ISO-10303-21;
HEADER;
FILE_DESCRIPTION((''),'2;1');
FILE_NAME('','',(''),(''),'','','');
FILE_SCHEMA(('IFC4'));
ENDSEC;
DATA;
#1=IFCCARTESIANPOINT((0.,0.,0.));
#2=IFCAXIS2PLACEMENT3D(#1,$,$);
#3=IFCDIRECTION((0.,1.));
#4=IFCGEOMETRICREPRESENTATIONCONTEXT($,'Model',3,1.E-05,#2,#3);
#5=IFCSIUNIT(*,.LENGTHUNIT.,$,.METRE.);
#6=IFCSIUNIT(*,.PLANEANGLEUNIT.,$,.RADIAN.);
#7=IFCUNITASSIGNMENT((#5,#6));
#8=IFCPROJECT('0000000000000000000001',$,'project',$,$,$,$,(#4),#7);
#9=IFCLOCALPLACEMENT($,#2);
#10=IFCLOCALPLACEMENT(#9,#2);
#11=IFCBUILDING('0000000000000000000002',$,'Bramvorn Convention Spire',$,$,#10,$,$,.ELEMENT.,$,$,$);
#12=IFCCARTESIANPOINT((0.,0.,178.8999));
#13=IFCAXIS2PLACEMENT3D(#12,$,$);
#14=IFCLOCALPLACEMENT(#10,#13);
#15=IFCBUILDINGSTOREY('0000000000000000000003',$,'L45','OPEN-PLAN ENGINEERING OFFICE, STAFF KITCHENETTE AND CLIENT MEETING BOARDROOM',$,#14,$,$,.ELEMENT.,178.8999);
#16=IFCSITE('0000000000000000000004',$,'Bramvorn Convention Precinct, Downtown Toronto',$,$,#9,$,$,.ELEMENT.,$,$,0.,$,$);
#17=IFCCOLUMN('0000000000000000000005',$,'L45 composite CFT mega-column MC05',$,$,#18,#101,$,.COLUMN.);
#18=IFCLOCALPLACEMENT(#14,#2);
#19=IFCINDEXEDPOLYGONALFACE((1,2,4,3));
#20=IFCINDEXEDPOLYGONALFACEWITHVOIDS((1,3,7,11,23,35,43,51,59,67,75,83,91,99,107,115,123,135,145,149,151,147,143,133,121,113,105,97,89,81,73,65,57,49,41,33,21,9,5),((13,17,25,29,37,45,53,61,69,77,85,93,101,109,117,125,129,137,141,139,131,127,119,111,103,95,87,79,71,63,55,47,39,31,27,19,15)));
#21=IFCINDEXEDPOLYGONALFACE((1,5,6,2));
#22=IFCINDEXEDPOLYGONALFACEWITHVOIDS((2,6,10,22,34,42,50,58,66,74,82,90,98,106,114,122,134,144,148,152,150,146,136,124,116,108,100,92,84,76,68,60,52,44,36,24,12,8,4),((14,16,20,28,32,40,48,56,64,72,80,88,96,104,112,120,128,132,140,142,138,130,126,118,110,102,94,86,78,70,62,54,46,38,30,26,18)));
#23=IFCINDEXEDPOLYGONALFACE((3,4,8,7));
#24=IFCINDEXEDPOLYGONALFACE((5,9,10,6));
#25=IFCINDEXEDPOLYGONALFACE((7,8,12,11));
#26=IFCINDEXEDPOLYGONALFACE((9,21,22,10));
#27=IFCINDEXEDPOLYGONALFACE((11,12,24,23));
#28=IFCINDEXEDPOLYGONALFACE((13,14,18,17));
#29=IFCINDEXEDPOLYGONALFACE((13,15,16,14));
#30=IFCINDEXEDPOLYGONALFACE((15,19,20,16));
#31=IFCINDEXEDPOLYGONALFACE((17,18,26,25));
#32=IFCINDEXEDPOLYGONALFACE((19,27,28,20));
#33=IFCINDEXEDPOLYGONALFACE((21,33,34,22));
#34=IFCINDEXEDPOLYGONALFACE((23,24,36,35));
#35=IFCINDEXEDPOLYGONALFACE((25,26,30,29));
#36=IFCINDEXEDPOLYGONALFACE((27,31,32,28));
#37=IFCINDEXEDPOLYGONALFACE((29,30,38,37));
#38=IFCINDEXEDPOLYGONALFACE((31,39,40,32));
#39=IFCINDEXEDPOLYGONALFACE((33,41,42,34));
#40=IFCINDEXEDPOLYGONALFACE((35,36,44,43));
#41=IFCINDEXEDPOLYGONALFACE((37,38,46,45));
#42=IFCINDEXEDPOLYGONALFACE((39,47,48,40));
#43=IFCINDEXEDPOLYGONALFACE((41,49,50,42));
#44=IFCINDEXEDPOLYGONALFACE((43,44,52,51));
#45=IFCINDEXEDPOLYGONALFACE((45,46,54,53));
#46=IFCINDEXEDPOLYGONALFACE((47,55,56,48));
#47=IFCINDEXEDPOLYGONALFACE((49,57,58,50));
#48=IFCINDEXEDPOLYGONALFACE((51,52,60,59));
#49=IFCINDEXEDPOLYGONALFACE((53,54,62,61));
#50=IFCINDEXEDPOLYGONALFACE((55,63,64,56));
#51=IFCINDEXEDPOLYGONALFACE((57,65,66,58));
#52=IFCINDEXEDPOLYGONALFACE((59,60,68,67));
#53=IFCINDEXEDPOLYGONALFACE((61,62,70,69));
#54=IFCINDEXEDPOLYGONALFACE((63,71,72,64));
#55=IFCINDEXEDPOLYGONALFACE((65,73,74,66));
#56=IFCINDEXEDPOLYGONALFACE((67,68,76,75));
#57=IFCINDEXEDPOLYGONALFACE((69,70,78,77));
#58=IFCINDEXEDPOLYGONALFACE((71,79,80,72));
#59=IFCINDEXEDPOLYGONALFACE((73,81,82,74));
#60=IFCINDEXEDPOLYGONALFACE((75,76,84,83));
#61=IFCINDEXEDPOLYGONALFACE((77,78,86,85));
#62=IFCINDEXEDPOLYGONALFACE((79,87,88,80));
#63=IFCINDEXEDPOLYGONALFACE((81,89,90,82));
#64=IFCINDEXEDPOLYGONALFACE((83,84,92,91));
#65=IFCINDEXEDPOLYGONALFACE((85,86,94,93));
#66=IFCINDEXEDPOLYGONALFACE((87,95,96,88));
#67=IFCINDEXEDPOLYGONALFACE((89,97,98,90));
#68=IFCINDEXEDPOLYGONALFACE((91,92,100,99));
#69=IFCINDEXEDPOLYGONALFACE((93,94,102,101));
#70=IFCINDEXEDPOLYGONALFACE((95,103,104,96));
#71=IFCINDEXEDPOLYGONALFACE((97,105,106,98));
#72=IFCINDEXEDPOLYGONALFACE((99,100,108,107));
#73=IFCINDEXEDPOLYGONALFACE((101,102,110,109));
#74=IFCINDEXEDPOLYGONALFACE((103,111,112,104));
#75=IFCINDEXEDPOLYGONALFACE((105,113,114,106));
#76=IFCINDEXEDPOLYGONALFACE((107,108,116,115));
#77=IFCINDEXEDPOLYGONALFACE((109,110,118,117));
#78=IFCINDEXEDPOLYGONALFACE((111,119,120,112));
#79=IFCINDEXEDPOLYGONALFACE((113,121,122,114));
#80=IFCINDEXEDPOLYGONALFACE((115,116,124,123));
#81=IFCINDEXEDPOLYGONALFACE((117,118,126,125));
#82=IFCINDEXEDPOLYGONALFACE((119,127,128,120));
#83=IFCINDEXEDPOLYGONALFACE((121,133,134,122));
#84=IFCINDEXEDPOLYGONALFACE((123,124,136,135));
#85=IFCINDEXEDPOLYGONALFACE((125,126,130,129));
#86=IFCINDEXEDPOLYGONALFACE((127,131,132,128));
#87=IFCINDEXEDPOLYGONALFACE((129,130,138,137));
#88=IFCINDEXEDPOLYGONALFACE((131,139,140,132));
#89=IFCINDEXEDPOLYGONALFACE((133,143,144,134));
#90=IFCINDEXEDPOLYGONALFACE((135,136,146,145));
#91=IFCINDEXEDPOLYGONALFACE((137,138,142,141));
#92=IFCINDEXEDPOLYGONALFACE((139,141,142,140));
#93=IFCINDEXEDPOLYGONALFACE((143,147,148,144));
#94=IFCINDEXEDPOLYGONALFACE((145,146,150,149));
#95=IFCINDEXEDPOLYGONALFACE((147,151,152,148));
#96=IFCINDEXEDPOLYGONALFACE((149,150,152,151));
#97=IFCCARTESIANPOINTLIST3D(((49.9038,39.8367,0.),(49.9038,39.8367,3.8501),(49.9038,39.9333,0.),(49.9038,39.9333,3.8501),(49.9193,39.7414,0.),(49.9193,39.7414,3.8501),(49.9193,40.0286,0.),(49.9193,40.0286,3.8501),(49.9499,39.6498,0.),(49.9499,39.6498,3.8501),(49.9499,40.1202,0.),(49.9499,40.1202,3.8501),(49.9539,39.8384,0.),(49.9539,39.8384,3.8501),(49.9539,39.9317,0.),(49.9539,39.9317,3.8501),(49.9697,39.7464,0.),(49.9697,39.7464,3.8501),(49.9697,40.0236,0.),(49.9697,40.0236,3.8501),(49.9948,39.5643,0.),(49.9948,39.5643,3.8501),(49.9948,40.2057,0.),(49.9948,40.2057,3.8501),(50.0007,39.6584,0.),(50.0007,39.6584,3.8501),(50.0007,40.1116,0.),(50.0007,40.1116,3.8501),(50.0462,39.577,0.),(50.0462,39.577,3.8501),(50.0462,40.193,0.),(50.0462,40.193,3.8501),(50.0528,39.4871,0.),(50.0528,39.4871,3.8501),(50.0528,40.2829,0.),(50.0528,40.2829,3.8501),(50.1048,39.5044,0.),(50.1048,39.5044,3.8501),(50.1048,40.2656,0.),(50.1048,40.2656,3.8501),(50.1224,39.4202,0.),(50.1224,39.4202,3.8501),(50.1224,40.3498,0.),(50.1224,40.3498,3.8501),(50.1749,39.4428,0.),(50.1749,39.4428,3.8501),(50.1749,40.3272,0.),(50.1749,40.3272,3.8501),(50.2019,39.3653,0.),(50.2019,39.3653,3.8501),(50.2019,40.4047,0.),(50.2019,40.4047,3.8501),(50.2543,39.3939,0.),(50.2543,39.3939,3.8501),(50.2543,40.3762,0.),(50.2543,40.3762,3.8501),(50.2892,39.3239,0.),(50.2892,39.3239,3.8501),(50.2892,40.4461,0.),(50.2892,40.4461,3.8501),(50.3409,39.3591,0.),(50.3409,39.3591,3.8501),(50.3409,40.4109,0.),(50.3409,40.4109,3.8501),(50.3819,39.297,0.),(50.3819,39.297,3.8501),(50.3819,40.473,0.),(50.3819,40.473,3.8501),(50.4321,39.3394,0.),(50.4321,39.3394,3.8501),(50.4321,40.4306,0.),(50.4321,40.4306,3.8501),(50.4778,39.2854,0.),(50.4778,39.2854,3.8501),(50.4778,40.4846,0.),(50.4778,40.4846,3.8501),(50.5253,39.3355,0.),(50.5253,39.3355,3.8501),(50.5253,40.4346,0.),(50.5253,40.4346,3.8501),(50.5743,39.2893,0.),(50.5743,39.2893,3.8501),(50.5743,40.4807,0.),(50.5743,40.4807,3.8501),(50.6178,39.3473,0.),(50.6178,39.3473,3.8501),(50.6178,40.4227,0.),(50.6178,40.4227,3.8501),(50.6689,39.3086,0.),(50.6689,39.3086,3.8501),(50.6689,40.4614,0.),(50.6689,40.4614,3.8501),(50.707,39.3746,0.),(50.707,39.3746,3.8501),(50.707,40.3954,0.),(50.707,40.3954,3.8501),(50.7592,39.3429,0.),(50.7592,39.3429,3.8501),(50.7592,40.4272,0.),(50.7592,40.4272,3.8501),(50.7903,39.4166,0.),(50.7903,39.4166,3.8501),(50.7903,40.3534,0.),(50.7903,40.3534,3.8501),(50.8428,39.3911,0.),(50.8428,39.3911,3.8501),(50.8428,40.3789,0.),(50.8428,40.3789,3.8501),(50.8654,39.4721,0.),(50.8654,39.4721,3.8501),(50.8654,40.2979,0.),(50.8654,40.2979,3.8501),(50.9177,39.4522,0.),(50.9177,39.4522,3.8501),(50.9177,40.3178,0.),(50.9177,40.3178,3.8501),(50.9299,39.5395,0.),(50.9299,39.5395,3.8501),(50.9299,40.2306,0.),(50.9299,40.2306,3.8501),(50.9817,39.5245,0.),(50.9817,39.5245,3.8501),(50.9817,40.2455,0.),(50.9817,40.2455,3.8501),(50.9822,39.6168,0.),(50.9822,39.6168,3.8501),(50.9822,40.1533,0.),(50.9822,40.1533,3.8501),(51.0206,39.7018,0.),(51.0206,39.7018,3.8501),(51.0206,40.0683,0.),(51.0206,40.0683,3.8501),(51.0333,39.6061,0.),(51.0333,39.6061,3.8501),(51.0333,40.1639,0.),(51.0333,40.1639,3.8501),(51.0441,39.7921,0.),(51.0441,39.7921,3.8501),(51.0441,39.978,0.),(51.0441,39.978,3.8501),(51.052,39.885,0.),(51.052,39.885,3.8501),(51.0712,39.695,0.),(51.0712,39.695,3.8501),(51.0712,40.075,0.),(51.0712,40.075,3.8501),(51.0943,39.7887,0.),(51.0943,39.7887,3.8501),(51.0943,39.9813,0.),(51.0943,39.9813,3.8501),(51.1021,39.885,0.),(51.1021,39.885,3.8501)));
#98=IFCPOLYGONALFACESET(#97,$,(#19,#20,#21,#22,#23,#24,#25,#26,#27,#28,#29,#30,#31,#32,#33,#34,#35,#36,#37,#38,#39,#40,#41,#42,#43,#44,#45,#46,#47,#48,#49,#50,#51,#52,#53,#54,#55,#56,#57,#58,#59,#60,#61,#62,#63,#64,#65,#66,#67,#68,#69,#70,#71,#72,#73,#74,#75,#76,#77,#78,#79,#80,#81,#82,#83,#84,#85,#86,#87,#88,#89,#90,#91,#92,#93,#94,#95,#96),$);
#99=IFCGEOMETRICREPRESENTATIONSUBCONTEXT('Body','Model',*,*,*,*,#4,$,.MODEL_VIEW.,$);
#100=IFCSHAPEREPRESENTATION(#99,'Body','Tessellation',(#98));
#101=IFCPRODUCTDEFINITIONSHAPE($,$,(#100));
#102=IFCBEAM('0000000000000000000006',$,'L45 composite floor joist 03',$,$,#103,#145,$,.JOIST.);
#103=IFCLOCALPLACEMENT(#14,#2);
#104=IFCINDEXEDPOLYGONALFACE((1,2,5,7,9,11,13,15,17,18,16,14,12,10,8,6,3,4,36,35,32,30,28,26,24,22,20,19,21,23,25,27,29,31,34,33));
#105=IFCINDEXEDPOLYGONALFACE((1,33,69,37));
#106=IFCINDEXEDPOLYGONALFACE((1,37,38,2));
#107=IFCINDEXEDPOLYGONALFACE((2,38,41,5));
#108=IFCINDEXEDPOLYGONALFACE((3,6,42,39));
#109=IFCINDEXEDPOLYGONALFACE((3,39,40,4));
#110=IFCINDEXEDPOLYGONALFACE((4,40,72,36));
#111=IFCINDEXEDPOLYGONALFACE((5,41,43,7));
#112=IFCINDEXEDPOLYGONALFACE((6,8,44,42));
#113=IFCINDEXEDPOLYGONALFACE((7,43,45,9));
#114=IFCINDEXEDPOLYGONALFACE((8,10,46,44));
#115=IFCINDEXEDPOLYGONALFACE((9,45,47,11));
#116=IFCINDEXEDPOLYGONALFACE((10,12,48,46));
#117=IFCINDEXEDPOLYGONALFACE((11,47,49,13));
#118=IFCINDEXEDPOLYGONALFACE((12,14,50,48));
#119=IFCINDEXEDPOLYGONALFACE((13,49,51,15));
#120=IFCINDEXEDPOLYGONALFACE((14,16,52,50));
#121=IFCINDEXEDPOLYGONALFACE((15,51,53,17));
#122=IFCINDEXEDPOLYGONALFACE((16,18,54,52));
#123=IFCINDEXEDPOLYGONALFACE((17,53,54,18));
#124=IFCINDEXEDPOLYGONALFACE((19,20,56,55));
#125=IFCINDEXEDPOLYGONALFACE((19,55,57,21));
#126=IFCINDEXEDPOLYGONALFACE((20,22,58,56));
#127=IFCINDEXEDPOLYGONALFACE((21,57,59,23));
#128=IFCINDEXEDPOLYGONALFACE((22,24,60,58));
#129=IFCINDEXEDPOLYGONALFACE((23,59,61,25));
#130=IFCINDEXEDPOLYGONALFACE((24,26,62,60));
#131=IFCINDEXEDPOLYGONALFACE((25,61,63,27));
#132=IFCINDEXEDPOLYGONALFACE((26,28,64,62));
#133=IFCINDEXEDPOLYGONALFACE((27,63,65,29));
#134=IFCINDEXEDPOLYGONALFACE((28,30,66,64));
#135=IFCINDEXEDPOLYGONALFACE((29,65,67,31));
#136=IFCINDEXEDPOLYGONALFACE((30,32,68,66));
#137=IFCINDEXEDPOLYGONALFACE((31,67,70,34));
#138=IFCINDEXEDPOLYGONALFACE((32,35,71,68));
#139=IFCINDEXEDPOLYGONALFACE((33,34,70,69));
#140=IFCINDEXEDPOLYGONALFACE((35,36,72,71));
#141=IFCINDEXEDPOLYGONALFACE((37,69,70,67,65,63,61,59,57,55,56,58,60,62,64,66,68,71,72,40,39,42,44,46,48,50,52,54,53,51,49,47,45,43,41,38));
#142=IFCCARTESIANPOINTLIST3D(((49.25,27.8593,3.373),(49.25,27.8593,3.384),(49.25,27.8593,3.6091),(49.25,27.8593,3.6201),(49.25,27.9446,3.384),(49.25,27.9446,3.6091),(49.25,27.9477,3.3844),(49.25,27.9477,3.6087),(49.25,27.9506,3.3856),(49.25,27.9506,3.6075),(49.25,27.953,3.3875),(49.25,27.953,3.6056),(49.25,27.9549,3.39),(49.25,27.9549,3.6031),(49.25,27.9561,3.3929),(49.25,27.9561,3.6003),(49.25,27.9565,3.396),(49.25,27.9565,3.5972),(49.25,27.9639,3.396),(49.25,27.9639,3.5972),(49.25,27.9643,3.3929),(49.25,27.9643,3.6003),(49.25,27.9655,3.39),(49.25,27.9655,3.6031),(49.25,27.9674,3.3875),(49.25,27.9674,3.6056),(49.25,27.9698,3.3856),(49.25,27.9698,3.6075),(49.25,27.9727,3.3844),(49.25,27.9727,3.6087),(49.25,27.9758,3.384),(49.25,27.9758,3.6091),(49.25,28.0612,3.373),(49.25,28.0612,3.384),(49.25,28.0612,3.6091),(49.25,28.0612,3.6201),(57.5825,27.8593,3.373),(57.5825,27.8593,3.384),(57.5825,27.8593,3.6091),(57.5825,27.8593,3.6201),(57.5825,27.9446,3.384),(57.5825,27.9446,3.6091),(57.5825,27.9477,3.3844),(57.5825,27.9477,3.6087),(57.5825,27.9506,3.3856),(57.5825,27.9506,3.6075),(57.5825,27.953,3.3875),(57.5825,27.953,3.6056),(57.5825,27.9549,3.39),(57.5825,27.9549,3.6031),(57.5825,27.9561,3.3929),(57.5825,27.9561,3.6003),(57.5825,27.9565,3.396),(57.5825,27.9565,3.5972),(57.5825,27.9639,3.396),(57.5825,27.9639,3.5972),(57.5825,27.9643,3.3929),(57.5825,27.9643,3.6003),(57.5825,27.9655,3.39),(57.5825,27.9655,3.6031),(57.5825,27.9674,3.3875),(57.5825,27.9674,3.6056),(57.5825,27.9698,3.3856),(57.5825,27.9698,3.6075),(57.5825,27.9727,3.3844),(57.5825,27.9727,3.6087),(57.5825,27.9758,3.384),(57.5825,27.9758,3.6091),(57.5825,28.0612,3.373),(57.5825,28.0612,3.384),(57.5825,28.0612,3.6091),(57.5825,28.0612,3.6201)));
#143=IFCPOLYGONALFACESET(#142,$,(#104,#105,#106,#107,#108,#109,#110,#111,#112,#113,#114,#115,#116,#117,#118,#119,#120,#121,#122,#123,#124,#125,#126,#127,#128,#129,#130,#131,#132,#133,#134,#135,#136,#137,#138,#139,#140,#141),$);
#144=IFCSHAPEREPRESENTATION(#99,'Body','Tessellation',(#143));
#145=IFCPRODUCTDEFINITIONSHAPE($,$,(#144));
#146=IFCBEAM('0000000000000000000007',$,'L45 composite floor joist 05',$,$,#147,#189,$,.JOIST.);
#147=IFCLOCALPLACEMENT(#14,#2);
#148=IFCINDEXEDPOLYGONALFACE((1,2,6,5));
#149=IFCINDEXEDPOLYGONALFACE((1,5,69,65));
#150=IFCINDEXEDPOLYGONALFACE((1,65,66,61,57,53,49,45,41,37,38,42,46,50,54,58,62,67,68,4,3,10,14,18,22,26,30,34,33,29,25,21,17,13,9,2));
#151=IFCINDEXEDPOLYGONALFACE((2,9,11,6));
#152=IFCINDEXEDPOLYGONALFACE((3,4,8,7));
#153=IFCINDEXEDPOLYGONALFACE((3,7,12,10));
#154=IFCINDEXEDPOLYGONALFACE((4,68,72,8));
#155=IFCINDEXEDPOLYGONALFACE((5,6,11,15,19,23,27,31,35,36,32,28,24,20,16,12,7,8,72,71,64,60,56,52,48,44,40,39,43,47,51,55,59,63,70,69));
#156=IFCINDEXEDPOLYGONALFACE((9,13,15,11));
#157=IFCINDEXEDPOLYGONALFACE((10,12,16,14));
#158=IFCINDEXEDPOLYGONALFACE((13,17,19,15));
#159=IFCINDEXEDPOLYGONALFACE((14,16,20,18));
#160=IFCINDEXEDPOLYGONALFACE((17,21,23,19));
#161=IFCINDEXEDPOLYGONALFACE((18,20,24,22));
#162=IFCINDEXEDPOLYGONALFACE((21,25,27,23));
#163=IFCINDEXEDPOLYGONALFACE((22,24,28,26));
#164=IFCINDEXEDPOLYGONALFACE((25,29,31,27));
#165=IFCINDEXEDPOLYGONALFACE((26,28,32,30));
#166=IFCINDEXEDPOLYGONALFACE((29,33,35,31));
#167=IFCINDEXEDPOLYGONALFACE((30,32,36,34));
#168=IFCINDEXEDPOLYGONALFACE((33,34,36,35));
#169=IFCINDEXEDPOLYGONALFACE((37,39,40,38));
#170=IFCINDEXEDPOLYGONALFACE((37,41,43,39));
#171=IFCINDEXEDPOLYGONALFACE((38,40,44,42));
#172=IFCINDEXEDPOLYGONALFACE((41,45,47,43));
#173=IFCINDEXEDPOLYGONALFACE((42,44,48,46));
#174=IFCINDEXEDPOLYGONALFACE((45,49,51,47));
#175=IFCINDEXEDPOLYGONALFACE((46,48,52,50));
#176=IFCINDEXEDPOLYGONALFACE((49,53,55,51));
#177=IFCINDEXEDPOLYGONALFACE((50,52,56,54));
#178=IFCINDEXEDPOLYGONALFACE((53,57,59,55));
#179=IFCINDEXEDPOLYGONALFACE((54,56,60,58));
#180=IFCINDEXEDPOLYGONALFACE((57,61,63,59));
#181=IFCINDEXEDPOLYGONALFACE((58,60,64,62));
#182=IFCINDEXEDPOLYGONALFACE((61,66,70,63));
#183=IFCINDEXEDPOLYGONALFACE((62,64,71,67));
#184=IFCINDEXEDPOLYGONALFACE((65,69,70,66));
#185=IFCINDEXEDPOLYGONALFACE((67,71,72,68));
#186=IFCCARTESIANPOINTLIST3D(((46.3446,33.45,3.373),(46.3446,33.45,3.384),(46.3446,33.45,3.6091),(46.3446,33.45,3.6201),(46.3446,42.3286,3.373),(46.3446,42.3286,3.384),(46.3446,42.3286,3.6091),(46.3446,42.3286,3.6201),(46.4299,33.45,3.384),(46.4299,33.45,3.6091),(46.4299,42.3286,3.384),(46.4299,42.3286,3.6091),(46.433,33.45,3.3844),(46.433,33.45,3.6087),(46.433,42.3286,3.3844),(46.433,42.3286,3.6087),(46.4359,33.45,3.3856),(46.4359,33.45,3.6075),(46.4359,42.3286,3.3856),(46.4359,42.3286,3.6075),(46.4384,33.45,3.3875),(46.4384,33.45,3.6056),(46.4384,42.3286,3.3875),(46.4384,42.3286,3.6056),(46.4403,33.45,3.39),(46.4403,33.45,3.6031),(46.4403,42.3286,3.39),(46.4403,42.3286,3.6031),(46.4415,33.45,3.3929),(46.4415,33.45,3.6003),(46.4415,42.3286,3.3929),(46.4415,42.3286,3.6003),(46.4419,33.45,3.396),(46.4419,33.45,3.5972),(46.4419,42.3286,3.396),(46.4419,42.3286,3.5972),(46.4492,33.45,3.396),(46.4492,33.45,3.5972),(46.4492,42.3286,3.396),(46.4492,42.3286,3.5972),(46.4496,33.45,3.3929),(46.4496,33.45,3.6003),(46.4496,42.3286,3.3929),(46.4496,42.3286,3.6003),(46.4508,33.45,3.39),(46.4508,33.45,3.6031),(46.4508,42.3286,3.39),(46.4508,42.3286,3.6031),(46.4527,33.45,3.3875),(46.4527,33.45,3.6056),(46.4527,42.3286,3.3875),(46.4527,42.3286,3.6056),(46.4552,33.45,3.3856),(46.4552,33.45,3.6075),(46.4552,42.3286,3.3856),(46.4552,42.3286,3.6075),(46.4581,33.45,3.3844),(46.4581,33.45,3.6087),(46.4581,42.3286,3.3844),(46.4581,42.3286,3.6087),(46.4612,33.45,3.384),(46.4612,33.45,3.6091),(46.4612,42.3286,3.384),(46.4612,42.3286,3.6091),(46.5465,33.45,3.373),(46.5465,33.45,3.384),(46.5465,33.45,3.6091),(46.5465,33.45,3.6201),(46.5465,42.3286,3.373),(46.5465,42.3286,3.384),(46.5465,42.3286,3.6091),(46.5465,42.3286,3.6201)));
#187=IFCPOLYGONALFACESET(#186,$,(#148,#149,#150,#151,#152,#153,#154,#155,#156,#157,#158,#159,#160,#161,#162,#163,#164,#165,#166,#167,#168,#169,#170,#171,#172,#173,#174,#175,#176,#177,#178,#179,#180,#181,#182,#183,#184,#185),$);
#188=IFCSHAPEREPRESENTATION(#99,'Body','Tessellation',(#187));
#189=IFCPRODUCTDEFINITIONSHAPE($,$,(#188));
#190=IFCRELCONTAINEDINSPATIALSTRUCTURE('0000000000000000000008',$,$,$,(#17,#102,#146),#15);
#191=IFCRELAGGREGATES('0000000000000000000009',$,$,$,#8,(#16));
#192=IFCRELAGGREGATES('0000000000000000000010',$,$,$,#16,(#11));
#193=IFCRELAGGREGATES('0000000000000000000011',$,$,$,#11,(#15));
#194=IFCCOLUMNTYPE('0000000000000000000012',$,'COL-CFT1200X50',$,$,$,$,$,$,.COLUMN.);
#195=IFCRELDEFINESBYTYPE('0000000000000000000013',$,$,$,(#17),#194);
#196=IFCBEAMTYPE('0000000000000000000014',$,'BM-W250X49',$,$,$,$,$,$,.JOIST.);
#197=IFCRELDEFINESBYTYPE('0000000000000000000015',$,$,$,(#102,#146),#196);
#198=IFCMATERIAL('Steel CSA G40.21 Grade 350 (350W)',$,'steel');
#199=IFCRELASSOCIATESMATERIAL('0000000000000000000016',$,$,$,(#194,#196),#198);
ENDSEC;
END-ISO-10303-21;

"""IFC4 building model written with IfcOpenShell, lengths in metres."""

from ifc_helpers import new_model, si_unit, direction, frame, origin, origin_2d, place, context, subcontext, project, spatial, hollow_circle, i_section, extrude, material, material_profile, profile_set, type_object, element, save


model = new_model("IFC4")

# Units and contexts
model_context = context("Model", 3, precision=1e-05, world=origin(), true_north=direction((0.0, 1.0)))
body_context = subcontext(model_context, "Body", "Model", "MODEL_VIEW")
ifc_project = project(units=[si_unit("LENGTHUNIT", "METRE"), si_unit("PLANEANGLEUNIT", "RADIAN")], contexts=[model_context])

# Site, building, storey
site_placement = place(None, origin())
site = spatial("IfcSite", under=ifc_project, at=site_placement, Name="Bramvorn Convention Precinct, Downtown Toronto", CompositionType="ELEMENT", RefElevation=0.0)
building_placement = place(site_placement, origin())
building = spatial("IfcBuilding", under=site, at=building_placement, Name="Bramvorn Convention Spire", CompositionType="ELEMENT")
storey_placement = place(building_placement, frame((0.0, 0.0, 178.8999)))
storey = spatial("IfcBuildingStorey", under=building, at=storey_placement, Name="L45", Description="OPEN-PLAN ENGINEERING OFFICE, STAFF KITCHENETTE AND CLIENT MEETING BOARDROOM", CompositionType="ELEMENT", Elevation=178.8999)

# Column
ifc_material_1 = material(Name="Steel CSA G40.21 Grade 350 (350W)", Category="steel")
ifc_material_profile_1 = material_profile(ifc_material_1, hollow_circle(Radius=0.6001, WallThickness=0.05, at=origin_2d()))
ifc_profile_set_1 = profile_set([ifc_material_profile_1], Name="Steel CSA G40.21 Grade 350 (350W) - CFT1200X50")
column_type = type_object("IfcColumnType", Name="COL-CFT1200X50", PredefinedType="COLUMN", material=ifc_profile_set_1)
for number, where, z_axis, x_axis, name in (
    (1, (50.502, 39.885, 0.0), (0.0, 0.0, 1.0), (1.0, 0.0, 0.0), "L45 composite CFT mega-column MC05"),
):
    element("IfcColumn", number, at=place(storey_placement, frame(where, z_axis=z_axis, x_axis=x_axis)), inside=storey, type_object=column_type, Name=name, PredefinedType="COLUMN", context=body_context, shape_type="SweptSolid", body=[
        extrude(hollow_circle(Radius=0.6001, WallThickness=0.05, at=origin_2d()), origin(), (0.0, 0.0, 1.0), 3.8501),
    ])

# Beams
ifc_material_profile_2 = material_profile(ifc_material_1, i_section(OverallWidth=0.2019, OverallDepth=0.2471, WebThickness=0.0073, FlangeThickness=0.011, FilletRadius=0.012, at=origin_2d()))
ifc_profile_set_2 = profile_set([ifc_material_profile_2], Name="Steel CSA G40.21 Grade 350 (350W) - W250X49")
beam_type_1 = type_object("IfcBeamType", Name="BM-W250X49", PredefinedType="JOIST", material=ifc_profile_set_2)
beam_1_placement = place(storey_placement, frame((49.25, 27.9602, 3.4966), z_axis=(1.0, 0.0, 0.0), x_axis=(0.0, 1.0, 0.0)))
element("IfcBeam", 2, at=beam_1_placement, inside=storey, type_object=beam_type_1, Name="L45 composite floor joist 03", PredefinedType="JOIST", context=body_context, shape_type="SweptSolid", body=[
    extrude(i_section(OverallWidth=0.2019, OverallDepth=0.2471, WebThickness=0.0073, FlangeThickness=0.011, FilletRadius=0.012, at=origin_2d()), origin(), (0.0, 0.0, 1.0), 8.3325),
])
beam_2_placement = place(storey_placement, frame((46.4456, 33.45, 3.4966), z_axis=(0.0, 1.0, 0.0), x_axis=(-1.0, 0.0, 0.0)))
element("IfcBeam", 3, at=beam_2_placement, inside=storey, type_object=beam_type_1, Name="L45 composite floor joist 05", PredefinedType="JOIST", context=body_context, shape_type="SweptSolid", body=[
    extrude(i_section(OverallWidth=0.2019, OverallDepth=0.2471, WebThickness=0.0073, FlangeThickness=0.011, FilletRadius=0.012, at=origin_2d()), origin(), (0.0, 0.0, 1.0), 8.8787),
])

save(model, "model.ifc")
